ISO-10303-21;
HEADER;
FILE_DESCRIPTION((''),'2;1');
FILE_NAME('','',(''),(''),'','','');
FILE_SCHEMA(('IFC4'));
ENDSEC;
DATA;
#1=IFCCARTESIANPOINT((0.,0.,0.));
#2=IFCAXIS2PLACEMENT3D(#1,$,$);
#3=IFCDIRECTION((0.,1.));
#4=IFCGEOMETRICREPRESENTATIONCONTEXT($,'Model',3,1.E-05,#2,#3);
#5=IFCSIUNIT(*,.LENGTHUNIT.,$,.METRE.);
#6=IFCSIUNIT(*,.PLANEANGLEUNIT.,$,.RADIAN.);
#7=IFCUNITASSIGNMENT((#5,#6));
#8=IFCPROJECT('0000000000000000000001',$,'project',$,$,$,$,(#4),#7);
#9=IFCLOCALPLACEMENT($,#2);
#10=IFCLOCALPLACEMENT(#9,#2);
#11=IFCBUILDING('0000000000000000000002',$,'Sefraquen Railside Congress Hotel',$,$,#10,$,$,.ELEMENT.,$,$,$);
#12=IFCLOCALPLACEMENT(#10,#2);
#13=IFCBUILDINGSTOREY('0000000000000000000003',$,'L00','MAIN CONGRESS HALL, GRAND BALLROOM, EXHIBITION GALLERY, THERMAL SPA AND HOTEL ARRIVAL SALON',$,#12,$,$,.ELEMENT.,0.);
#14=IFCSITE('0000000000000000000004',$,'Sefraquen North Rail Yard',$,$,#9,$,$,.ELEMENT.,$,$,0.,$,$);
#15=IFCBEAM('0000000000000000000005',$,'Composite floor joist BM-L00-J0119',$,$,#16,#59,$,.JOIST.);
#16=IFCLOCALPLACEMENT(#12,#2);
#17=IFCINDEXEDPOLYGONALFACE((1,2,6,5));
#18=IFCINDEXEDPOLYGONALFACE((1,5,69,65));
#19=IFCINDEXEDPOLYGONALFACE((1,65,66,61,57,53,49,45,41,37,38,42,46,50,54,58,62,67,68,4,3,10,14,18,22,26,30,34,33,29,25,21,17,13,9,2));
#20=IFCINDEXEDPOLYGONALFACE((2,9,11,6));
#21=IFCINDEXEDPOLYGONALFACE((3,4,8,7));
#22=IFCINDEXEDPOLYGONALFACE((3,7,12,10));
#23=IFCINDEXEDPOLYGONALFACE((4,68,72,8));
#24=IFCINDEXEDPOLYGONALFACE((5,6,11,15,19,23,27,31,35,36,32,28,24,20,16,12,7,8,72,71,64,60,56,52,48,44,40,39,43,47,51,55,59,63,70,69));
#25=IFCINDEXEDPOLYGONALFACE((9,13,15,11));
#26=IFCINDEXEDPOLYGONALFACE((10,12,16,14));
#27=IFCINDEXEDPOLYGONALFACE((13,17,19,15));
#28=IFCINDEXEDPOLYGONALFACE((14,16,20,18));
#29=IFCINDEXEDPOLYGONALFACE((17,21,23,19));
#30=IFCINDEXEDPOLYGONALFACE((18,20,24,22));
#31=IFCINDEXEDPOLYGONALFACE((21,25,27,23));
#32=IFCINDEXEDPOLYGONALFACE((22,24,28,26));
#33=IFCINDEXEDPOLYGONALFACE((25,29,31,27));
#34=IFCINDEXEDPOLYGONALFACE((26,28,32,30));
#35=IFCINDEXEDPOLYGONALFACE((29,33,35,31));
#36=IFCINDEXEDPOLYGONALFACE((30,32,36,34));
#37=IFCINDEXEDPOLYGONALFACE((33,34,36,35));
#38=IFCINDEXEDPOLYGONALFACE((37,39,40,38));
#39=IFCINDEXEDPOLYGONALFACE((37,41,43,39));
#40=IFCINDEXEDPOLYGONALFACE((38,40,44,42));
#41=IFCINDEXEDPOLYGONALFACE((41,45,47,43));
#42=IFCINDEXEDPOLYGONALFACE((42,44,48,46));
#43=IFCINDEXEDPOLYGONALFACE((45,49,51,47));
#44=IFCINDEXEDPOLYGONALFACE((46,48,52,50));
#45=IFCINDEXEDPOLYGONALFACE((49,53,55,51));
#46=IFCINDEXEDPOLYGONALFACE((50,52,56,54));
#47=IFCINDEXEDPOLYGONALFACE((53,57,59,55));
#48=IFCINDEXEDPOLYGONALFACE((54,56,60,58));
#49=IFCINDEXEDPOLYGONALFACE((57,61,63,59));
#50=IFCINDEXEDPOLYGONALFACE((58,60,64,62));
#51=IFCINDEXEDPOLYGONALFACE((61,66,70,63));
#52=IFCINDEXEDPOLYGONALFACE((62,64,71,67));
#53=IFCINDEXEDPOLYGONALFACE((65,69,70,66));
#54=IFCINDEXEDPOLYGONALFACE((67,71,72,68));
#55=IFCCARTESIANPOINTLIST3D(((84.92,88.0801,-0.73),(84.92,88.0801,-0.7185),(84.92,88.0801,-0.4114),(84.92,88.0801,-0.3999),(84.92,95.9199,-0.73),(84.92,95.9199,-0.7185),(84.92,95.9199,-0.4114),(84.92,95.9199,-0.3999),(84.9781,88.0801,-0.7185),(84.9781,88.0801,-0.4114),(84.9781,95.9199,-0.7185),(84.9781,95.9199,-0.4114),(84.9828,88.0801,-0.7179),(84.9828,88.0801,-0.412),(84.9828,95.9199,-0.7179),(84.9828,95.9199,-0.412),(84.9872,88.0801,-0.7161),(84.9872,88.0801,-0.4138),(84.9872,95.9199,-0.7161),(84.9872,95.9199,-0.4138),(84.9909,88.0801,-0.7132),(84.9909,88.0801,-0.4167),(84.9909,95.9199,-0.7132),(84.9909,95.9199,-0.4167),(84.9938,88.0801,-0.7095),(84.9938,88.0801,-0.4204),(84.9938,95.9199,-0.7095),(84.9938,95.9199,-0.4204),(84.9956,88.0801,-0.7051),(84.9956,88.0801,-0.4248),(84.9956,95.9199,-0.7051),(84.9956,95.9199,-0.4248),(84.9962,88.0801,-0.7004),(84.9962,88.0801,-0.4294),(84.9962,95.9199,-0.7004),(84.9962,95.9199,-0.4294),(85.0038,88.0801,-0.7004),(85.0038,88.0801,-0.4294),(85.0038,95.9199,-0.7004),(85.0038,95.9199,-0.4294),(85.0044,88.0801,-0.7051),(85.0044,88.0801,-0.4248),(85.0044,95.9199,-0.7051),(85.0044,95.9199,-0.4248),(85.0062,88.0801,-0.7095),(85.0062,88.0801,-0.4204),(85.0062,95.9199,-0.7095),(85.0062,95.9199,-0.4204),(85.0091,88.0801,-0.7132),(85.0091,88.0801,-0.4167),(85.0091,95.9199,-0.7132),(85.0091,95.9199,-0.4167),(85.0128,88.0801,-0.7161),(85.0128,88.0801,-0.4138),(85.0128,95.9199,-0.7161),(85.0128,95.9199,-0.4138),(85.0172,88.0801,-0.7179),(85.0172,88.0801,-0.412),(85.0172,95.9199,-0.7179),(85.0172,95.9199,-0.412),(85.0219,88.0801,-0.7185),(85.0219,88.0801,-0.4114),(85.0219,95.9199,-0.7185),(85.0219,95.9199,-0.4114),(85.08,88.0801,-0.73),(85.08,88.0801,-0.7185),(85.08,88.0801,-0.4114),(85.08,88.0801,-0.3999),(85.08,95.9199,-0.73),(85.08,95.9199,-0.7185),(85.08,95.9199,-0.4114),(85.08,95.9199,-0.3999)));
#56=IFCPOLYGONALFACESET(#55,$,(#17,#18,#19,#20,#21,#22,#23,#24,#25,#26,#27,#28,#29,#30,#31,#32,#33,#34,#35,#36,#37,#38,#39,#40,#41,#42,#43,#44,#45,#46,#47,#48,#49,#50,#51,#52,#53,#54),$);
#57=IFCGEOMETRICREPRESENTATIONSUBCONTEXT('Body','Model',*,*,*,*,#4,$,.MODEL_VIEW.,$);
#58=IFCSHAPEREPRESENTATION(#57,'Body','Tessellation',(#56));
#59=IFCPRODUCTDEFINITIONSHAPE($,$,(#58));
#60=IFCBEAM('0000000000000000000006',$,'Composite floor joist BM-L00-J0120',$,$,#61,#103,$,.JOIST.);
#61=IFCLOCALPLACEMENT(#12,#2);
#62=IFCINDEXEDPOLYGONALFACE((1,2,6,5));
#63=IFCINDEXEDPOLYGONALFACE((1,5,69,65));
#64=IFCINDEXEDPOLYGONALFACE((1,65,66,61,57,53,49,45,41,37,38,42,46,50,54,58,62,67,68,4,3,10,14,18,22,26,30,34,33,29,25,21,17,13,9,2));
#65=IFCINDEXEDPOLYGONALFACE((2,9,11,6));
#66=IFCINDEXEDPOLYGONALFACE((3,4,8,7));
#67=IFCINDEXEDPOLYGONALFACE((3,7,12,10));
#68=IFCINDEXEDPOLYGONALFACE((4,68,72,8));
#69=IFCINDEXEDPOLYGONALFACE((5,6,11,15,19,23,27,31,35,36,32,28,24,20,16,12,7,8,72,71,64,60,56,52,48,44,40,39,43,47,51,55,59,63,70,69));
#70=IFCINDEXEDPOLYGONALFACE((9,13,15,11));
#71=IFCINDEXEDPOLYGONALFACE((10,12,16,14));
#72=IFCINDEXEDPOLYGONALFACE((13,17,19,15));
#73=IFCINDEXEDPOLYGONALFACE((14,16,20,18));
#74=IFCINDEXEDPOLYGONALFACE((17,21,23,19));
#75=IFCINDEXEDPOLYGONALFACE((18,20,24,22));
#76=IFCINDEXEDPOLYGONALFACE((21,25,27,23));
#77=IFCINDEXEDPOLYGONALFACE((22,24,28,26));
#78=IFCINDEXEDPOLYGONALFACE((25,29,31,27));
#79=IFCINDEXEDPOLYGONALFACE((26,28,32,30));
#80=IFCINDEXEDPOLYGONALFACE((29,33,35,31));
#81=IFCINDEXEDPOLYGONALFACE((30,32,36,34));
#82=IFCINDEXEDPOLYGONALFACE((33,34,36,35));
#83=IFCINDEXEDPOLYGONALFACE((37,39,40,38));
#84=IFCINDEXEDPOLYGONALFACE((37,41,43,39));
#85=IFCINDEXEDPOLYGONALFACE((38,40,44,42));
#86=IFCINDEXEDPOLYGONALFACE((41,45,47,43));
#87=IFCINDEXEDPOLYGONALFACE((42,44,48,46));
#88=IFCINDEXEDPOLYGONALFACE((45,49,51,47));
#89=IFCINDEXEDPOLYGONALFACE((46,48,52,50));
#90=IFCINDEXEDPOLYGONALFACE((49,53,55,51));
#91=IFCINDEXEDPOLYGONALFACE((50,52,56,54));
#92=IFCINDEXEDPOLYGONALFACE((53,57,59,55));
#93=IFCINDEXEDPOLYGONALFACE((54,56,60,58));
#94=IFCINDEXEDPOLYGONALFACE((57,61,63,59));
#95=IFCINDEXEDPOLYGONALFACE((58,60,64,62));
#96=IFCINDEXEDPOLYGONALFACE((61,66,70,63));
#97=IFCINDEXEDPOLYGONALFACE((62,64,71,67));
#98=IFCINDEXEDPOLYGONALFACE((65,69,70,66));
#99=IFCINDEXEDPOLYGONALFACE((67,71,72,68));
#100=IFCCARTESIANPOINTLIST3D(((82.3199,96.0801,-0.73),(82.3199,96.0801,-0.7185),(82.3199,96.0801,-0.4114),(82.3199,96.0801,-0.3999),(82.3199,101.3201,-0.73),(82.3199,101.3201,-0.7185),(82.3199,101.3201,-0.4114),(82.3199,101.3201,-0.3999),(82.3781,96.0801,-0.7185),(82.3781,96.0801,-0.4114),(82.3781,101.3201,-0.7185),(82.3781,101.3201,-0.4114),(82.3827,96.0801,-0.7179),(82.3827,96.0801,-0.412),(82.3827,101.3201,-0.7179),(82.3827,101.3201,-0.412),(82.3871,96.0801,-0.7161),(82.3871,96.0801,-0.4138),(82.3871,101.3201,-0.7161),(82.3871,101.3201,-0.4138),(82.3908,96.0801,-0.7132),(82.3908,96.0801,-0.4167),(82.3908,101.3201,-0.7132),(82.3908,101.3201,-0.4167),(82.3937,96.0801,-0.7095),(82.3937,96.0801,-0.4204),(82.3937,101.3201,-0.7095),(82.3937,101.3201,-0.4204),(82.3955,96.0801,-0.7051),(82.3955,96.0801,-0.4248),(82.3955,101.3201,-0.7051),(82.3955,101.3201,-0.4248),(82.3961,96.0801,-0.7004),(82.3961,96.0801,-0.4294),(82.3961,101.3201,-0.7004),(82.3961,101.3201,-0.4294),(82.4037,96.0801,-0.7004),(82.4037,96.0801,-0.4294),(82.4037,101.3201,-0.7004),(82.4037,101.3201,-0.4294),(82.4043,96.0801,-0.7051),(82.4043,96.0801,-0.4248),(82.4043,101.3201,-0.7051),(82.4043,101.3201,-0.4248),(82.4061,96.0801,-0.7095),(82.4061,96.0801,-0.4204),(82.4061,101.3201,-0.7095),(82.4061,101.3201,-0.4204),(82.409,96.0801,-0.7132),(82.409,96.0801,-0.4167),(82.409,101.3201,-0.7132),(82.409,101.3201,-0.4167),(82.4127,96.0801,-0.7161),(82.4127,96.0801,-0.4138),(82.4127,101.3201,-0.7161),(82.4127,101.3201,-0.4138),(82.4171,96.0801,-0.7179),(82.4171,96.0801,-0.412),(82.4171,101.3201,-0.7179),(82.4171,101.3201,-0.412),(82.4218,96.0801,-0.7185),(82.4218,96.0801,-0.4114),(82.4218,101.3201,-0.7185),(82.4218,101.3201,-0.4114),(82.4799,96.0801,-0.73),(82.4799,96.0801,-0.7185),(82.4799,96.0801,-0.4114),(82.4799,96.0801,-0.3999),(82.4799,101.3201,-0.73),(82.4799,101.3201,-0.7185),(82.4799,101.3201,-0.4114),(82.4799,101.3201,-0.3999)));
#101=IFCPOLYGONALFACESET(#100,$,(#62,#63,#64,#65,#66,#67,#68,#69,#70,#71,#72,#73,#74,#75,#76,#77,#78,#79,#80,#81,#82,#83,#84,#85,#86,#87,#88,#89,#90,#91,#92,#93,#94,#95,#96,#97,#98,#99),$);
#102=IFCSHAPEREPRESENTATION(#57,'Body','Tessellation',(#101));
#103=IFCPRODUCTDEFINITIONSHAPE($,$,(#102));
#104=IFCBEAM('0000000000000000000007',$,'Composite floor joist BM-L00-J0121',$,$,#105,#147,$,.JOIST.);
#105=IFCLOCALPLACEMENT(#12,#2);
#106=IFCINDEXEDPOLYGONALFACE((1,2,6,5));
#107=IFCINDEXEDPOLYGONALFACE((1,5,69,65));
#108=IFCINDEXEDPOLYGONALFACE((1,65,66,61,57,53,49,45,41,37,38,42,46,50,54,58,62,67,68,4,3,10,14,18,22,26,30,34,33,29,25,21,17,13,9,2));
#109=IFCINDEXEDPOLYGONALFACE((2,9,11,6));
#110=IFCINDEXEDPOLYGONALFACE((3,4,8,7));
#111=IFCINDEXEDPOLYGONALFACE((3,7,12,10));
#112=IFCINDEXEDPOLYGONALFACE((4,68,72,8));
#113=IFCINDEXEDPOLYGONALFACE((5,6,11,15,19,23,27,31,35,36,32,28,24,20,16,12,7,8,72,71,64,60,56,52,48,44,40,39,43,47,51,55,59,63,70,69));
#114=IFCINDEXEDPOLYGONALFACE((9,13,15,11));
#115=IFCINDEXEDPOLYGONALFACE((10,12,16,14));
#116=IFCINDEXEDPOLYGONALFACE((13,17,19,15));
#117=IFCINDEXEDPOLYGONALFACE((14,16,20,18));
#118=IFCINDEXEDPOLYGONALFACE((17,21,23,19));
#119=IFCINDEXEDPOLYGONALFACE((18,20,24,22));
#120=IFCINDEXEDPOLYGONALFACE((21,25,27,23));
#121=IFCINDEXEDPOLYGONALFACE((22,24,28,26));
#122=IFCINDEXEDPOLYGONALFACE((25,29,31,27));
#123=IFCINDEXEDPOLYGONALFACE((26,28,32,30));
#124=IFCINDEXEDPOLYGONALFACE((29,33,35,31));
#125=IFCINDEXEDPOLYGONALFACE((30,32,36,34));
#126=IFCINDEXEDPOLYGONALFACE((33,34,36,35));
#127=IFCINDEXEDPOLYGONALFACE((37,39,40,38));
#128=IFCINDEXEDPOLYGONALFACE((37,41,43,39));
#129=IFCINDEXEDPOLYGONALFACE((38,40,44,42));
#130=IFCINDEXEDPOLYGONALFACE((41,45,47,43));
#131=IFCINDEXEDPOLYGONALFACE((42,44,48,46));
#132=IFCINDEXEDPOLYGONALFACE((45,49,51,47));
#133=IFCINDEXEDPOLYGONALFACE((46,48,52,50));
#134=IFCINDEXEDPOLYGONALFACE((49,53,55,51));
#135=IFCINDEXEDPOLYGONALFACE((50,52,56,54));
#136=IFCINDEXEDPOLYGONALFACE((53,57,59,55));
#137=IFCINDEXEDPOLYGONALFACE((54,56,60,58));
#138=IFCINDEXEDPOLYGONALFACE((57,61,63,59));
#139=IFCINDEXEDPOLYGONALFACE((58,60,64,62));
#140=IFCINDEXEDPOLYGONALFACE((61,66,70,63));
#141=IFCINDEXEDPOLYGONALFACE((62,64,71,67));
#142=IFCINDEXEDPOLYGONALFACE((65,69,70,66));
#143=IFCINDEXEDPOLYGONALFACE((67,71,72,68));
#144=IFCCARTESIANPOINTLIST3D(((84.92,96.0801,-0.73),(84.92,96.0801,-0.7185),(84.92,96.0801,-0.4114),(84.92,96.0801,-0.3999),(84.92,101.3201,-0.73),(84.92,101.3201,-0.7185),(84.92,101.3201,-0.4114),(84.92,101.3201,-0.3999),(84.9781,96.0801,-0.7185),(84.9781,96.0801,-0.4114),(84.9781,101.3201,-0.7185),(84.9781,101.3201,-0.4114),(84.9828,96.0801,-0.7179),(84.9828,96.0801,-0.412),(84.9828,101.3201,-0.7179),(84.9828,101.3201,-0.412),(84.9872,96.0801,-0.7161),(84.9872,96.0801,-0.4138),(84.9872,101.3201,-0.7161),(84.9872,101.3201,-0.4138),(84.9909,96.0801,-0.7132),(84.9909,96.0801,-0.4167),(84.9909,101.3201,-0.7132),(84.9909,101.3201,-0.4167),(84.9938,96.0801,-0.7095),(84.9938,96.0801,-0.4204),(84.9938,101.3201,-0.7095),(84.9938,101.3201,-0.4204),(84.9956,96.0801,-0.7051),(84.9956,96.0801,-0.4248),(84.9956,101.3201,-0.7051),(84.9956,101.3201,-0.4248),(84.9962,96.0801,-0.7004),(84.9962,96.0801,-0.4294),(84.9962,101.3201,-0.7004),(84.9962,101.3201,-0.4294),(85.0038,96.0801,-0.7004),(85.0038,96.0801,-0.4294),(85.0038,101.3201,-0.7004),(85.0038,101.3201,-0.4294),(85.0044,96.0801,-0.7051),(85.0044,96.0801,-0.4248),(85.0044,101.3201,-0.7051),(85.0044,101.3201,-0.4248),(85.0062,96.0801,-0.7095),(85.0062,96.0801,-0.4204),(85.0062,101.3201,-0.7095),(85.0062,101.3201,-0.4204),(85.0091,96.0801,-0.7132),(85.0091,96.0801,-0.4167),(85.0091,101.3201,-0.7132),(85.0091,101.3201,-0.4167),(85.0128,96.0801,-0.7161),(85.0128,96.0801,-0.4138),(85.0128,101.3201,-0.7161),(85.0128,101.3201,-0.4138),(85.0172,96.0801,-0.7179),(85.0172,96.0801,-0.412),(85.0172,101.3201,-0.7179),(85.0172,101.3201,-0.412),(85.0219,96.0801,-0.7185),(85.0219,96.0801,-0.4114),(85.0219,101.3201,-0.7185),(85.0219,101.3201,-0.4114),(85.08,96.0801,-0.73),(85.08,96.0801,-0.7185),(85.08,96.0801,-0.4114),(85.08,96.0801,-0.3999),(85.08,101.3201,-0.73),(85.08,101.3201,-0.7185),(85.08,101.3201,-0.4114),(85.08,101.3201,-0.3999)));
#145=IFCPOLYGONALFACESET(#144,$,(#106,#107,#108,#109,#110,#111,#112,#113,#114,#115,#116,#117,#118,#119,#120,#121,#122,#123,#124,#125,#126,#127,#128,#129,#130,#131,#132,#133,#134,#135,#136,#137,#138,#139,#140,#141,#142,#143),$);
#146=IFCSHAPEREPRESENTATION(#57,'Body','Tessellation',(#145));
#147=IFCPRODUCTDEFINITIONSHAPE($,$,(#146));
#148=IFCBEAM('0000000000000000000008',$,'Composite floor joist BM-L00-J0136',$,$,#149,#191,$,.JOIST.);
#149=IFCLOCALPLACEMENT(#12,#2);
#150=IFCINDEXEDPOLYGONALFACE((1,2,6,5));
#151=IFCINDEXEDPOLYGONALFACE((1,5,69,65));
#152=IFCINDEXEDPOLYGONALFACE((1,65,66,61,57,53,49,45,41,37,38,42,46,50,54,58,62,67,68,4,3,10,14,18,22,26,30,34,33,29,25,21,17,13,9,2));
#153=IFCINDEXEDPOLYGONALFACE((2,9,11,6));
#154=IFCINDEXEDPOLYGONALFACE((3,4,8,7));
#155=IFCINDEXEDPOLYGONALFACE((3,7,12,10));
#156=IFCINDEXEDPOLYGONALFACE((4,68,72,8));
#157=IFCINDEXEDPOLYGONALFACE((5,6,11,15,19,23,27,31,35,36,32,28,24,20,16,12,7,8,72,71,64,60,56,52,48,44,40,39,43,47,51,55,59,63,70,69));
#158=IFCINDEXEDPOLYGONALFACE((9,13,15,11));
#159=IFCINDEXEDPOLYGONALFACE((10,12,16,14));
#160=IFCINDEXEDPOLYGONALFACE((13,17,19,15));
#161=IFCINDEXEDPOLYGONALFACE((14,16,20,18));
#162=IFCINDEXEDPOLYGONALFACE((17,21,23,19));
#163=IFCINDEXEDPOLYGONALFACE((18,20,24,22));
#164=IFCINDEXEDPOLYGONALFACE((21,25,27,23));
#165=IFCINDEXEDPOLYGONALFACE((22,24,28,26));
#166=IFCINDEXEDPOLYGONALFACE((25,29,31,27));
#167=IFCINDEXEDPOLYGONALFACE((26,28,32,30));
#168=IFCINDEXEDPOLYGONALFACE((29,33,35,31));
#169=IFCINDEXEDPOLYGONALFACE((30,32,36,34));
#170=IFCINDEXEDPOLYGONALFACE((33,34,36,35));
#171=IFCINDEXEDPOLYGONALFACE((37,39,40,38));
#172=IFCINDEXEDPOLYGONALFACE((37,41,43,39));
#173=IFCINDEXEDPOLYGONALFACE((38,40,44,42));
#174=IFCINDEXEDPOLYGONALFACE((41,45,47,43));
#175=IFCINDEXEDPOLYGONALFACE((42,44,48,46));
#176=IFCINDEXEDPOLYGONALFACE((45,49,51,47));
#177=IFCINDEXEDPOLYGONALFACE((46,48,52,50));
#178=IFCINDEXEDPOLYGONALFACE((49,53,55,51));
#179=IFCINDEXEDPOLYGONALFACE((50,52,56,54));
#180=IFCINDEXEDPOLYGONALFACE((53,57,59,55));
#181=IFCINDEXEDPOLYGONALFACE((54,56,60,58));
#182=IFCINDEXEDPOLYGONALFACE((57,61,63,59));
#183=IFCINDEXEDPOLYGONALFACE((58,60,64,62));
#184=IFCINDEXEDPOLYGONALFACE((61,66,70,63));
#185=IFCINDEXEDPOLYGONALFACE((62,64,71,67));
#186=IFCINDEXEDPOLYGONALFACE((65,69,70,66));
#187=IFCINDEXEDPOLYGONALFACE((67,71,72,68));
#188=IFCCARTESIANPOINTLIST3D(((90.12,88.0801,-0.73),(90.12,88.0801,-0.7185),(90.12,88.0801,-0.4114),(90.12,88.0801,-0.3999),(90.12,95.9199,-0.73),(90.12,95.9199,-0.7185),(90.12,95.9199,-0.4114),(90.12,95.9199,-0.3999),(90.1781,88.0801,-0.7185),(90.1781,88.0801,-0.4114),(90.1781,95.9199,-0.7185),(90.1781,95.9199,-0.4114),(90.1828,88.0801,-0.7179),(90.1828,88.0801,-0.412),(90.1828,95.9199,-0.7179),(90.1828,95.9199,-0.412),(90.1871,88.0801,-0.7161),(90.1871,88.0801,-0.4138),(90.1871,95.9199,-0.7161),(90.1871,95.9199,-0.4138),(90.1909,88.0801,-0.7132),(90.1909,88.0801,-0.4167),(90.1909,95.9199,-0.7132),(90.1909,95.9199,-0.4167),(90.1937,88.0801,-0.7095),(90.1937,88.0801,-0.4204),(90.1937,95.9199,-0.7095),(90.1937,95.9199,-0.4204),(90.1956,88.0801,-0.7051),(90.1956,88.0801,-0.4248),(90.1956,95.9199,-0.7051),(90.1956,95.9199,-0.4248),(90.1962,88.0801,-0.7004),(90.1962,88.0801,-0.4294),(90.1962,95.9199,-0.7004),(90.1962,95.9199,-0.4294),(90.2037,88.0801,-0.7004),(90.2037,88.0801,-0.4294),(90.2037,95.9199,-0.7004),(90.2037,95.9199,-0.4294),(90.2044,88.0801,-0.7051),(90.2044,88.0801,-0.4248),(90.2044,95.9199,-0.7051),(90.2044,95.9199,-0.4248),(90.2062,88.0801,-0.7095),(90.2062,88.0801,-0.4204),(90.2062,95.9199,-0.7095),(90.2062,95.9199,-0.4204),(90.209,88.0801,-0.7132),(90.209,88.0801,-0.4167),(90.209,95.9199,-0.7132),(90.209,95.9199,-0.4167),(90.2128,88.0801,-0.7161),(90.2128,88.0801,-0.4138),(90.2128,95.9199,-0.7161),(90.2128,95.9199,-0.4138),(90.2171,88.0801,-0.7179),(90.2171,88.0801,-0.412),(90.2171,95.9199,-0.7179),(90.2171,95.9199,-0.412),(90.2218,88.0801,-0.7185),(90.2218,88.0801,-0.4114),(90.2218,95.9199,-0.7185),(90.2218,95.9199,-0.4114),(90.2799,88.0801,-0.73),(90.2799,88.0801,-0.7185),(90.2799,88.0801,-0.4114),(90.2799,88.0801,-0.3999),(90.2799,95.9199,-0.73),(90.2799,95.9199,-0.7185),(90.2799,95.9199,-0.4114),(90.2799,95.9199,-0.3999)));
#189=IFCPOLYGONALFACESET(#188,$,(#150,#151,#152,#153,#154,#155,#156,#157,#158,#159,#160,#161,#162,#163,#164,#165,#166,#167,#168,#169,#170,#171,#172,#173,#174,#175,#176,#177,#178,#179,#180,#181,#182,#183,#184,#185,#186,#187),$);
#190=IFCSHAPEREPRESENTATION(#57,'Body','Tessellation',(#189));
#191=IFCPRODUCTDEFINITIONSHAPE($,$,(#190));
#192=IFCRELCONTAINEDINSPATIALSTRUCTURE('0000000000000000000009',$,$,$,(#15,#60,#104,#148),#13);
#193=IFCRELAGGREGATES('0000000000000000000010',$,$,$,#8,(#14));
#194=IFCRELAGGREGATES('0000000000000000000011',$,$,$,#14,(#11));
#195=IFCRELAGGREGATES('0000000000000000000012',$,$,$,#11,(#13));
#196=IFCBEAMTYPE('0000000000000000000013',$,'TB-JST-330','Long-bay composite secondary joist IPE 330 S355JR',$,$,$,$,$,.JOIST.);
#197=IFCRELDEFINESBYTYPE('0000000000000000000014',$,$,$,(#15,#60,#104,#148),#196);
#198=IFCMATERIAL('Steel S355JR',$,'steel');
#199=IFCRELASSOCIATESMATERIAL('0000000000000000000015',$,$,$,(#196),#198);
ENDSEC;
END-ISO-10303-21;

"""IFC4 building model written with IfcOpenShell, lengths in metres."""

from ifc_helpers import new_model, si_unit, direction, frame, origin, origin_2d, place, context, subcontext, project, spatial, i_section, extrude, material, material_profile, profile_set, type_object, element, save


model = new_model("IFC4")

# Units and contexts
model_context = context("Model", 3, precision=1e-05, world=origin(), true_north=direction((0.0, 1.0)))
body_context = subcontext(model_context, "Body", "Model", "MODEL_VIEW")
ifc_project = project(units=[si_unit("LENGTHUNIT", "METRE"), si_unit("PLANEANGLEUNIT", "RADIAN")], contexts=[model_context])

# Site, building, storey
site_placement = place(None, origin())
site = spatial("IfcSite", under=ifc_project, at=site_placement, Name="Sefraquen North Rail Yard", CompositionType="ELEMENT", RefElevation=0.0)
building_placement = place(site_placement, origin())
building = spatial("IfcBuilding", under=site, at=building_placement, Name="Sefraquen Railside Congress Hotel", CompositionType="ELEMENT")
storey_placement = place(building_placement, origin())
storey = spatial("IfcBuildingStorey", under=building, at=storey_placement, Name="L00", Description="MAIN CONGRESS HALL, GRAND BALLROOM, EXHIBITION GALLERY, THERMAL SPA AND HOTEL ARRIVAL SALON", CompositionType="ELEMENT", Elevation=0.0)

# Shared definitions
ifc_material_1 = material(Name="Steel S355JR", Category="steel")

# Beams
ifc_material_profile_1 = material_profile(ifc_material_1, i_section(OverallWidth=0.1599, OverallDepth=0.3301, WebThickness=0.0076, FlangeThickness=0.0115, FilletRadius=0.0181, at=origin_2d()), Name="IPE 330")
ifc_profile_set_1 = profile_set([ifc_material_profile_1], Name="Steel S355JR")
beam_type_1 = type_object("IfcBeamType", Name="TB-JST-330", Description="Long-bay composite secondary joist IPE 330 S355JR", PredefinedType="JOIST", material=ifc_profile_set_1)
for number, where, z_axis, x_axis, name in (
    (1, (85.0, 88.0801, -0.5649), (0.0, 1.0, 0.0), (-1.0, 0.0, 0.0), "Composite floor joist BM-L00-J0119"),
):
    element("IfcBeam", number, at=place(storey_placement, frame(where, z_axis=z_axis, x_axis=x_axis)), inside=storey, type_object=beam_type_1, Name=name, PredefinedType="JOIST", context=body_context, shape_type="SweptSolid", body=[
        extrude(i_section(OverallWidth=0.1599, OverallDepth=0.3301, WebThickness=0.0076, FlangeThickness=0.0115, FilletRadius=0.0181, at=origin_2d()), origin(), (0.0, 0.0, 1.0), 7.8398),
    ])
for number, where, z_axis, x_axis, name in (
    (2, (82.3999, 96.0801, -0.5649), (0.0, 1.0, 0.0), (-1.0, 0.0, 0.0), "Composite floor joist BM-L00-J0120"),
    (3, (85.0, 96.0801, -0.5649), (0.0, 1.0, 0.0), (-1.0, 0.0, 0.0), "Composite floor joist BM-L00-J0121"),
):
    element("IfcBeam", number, at=place(storey_placement, frame(where, z_axis=z_axis, x_axis=x_axis)), inside=storey, type_object=beam_type_1, Name=name, PredefinedType="JOIST", context=body_context, shape_type="SweptSolid", body=[
        extrude(i_section(OverallWidth=0.1599, OverallDepth=0.3301, WebThickness=0.0076, FlangeThickness=0.0115, FilletRadius=0.0181, at=origin_2d()), origin(), (0.0, 0.0, 1.0), 5.24),
    ])
for number, where, z_axis, x_axis, name in (
    (4, (90.2, 88.0801, -0.5649), (0.0, 1.0, 0.0), (-1.0, 0.0, 0.0), "Composite floor joist BM-L00-J0136"),
):
    element("IfcBeam", number, at=place(storey_placement, frame(where, z_axis=z_axis, x_axis=x_axis)), inside=storey, type_object=beam_type_1, Name=name, PredefinedType="JOIST", context=body_context, shape_type="SweptSolid", body=[
        extrude(i_section(OverallWidth=0.1599, OverallDepth=0.3301, WebThickness=0.0076, FlangeThickness=0.0115, FilletRadius=0.0181, at=origin_2d()), origin(), (0.0, 0.0, 1.0), 7.8398),
    ])

save(model, "model.ifc")
